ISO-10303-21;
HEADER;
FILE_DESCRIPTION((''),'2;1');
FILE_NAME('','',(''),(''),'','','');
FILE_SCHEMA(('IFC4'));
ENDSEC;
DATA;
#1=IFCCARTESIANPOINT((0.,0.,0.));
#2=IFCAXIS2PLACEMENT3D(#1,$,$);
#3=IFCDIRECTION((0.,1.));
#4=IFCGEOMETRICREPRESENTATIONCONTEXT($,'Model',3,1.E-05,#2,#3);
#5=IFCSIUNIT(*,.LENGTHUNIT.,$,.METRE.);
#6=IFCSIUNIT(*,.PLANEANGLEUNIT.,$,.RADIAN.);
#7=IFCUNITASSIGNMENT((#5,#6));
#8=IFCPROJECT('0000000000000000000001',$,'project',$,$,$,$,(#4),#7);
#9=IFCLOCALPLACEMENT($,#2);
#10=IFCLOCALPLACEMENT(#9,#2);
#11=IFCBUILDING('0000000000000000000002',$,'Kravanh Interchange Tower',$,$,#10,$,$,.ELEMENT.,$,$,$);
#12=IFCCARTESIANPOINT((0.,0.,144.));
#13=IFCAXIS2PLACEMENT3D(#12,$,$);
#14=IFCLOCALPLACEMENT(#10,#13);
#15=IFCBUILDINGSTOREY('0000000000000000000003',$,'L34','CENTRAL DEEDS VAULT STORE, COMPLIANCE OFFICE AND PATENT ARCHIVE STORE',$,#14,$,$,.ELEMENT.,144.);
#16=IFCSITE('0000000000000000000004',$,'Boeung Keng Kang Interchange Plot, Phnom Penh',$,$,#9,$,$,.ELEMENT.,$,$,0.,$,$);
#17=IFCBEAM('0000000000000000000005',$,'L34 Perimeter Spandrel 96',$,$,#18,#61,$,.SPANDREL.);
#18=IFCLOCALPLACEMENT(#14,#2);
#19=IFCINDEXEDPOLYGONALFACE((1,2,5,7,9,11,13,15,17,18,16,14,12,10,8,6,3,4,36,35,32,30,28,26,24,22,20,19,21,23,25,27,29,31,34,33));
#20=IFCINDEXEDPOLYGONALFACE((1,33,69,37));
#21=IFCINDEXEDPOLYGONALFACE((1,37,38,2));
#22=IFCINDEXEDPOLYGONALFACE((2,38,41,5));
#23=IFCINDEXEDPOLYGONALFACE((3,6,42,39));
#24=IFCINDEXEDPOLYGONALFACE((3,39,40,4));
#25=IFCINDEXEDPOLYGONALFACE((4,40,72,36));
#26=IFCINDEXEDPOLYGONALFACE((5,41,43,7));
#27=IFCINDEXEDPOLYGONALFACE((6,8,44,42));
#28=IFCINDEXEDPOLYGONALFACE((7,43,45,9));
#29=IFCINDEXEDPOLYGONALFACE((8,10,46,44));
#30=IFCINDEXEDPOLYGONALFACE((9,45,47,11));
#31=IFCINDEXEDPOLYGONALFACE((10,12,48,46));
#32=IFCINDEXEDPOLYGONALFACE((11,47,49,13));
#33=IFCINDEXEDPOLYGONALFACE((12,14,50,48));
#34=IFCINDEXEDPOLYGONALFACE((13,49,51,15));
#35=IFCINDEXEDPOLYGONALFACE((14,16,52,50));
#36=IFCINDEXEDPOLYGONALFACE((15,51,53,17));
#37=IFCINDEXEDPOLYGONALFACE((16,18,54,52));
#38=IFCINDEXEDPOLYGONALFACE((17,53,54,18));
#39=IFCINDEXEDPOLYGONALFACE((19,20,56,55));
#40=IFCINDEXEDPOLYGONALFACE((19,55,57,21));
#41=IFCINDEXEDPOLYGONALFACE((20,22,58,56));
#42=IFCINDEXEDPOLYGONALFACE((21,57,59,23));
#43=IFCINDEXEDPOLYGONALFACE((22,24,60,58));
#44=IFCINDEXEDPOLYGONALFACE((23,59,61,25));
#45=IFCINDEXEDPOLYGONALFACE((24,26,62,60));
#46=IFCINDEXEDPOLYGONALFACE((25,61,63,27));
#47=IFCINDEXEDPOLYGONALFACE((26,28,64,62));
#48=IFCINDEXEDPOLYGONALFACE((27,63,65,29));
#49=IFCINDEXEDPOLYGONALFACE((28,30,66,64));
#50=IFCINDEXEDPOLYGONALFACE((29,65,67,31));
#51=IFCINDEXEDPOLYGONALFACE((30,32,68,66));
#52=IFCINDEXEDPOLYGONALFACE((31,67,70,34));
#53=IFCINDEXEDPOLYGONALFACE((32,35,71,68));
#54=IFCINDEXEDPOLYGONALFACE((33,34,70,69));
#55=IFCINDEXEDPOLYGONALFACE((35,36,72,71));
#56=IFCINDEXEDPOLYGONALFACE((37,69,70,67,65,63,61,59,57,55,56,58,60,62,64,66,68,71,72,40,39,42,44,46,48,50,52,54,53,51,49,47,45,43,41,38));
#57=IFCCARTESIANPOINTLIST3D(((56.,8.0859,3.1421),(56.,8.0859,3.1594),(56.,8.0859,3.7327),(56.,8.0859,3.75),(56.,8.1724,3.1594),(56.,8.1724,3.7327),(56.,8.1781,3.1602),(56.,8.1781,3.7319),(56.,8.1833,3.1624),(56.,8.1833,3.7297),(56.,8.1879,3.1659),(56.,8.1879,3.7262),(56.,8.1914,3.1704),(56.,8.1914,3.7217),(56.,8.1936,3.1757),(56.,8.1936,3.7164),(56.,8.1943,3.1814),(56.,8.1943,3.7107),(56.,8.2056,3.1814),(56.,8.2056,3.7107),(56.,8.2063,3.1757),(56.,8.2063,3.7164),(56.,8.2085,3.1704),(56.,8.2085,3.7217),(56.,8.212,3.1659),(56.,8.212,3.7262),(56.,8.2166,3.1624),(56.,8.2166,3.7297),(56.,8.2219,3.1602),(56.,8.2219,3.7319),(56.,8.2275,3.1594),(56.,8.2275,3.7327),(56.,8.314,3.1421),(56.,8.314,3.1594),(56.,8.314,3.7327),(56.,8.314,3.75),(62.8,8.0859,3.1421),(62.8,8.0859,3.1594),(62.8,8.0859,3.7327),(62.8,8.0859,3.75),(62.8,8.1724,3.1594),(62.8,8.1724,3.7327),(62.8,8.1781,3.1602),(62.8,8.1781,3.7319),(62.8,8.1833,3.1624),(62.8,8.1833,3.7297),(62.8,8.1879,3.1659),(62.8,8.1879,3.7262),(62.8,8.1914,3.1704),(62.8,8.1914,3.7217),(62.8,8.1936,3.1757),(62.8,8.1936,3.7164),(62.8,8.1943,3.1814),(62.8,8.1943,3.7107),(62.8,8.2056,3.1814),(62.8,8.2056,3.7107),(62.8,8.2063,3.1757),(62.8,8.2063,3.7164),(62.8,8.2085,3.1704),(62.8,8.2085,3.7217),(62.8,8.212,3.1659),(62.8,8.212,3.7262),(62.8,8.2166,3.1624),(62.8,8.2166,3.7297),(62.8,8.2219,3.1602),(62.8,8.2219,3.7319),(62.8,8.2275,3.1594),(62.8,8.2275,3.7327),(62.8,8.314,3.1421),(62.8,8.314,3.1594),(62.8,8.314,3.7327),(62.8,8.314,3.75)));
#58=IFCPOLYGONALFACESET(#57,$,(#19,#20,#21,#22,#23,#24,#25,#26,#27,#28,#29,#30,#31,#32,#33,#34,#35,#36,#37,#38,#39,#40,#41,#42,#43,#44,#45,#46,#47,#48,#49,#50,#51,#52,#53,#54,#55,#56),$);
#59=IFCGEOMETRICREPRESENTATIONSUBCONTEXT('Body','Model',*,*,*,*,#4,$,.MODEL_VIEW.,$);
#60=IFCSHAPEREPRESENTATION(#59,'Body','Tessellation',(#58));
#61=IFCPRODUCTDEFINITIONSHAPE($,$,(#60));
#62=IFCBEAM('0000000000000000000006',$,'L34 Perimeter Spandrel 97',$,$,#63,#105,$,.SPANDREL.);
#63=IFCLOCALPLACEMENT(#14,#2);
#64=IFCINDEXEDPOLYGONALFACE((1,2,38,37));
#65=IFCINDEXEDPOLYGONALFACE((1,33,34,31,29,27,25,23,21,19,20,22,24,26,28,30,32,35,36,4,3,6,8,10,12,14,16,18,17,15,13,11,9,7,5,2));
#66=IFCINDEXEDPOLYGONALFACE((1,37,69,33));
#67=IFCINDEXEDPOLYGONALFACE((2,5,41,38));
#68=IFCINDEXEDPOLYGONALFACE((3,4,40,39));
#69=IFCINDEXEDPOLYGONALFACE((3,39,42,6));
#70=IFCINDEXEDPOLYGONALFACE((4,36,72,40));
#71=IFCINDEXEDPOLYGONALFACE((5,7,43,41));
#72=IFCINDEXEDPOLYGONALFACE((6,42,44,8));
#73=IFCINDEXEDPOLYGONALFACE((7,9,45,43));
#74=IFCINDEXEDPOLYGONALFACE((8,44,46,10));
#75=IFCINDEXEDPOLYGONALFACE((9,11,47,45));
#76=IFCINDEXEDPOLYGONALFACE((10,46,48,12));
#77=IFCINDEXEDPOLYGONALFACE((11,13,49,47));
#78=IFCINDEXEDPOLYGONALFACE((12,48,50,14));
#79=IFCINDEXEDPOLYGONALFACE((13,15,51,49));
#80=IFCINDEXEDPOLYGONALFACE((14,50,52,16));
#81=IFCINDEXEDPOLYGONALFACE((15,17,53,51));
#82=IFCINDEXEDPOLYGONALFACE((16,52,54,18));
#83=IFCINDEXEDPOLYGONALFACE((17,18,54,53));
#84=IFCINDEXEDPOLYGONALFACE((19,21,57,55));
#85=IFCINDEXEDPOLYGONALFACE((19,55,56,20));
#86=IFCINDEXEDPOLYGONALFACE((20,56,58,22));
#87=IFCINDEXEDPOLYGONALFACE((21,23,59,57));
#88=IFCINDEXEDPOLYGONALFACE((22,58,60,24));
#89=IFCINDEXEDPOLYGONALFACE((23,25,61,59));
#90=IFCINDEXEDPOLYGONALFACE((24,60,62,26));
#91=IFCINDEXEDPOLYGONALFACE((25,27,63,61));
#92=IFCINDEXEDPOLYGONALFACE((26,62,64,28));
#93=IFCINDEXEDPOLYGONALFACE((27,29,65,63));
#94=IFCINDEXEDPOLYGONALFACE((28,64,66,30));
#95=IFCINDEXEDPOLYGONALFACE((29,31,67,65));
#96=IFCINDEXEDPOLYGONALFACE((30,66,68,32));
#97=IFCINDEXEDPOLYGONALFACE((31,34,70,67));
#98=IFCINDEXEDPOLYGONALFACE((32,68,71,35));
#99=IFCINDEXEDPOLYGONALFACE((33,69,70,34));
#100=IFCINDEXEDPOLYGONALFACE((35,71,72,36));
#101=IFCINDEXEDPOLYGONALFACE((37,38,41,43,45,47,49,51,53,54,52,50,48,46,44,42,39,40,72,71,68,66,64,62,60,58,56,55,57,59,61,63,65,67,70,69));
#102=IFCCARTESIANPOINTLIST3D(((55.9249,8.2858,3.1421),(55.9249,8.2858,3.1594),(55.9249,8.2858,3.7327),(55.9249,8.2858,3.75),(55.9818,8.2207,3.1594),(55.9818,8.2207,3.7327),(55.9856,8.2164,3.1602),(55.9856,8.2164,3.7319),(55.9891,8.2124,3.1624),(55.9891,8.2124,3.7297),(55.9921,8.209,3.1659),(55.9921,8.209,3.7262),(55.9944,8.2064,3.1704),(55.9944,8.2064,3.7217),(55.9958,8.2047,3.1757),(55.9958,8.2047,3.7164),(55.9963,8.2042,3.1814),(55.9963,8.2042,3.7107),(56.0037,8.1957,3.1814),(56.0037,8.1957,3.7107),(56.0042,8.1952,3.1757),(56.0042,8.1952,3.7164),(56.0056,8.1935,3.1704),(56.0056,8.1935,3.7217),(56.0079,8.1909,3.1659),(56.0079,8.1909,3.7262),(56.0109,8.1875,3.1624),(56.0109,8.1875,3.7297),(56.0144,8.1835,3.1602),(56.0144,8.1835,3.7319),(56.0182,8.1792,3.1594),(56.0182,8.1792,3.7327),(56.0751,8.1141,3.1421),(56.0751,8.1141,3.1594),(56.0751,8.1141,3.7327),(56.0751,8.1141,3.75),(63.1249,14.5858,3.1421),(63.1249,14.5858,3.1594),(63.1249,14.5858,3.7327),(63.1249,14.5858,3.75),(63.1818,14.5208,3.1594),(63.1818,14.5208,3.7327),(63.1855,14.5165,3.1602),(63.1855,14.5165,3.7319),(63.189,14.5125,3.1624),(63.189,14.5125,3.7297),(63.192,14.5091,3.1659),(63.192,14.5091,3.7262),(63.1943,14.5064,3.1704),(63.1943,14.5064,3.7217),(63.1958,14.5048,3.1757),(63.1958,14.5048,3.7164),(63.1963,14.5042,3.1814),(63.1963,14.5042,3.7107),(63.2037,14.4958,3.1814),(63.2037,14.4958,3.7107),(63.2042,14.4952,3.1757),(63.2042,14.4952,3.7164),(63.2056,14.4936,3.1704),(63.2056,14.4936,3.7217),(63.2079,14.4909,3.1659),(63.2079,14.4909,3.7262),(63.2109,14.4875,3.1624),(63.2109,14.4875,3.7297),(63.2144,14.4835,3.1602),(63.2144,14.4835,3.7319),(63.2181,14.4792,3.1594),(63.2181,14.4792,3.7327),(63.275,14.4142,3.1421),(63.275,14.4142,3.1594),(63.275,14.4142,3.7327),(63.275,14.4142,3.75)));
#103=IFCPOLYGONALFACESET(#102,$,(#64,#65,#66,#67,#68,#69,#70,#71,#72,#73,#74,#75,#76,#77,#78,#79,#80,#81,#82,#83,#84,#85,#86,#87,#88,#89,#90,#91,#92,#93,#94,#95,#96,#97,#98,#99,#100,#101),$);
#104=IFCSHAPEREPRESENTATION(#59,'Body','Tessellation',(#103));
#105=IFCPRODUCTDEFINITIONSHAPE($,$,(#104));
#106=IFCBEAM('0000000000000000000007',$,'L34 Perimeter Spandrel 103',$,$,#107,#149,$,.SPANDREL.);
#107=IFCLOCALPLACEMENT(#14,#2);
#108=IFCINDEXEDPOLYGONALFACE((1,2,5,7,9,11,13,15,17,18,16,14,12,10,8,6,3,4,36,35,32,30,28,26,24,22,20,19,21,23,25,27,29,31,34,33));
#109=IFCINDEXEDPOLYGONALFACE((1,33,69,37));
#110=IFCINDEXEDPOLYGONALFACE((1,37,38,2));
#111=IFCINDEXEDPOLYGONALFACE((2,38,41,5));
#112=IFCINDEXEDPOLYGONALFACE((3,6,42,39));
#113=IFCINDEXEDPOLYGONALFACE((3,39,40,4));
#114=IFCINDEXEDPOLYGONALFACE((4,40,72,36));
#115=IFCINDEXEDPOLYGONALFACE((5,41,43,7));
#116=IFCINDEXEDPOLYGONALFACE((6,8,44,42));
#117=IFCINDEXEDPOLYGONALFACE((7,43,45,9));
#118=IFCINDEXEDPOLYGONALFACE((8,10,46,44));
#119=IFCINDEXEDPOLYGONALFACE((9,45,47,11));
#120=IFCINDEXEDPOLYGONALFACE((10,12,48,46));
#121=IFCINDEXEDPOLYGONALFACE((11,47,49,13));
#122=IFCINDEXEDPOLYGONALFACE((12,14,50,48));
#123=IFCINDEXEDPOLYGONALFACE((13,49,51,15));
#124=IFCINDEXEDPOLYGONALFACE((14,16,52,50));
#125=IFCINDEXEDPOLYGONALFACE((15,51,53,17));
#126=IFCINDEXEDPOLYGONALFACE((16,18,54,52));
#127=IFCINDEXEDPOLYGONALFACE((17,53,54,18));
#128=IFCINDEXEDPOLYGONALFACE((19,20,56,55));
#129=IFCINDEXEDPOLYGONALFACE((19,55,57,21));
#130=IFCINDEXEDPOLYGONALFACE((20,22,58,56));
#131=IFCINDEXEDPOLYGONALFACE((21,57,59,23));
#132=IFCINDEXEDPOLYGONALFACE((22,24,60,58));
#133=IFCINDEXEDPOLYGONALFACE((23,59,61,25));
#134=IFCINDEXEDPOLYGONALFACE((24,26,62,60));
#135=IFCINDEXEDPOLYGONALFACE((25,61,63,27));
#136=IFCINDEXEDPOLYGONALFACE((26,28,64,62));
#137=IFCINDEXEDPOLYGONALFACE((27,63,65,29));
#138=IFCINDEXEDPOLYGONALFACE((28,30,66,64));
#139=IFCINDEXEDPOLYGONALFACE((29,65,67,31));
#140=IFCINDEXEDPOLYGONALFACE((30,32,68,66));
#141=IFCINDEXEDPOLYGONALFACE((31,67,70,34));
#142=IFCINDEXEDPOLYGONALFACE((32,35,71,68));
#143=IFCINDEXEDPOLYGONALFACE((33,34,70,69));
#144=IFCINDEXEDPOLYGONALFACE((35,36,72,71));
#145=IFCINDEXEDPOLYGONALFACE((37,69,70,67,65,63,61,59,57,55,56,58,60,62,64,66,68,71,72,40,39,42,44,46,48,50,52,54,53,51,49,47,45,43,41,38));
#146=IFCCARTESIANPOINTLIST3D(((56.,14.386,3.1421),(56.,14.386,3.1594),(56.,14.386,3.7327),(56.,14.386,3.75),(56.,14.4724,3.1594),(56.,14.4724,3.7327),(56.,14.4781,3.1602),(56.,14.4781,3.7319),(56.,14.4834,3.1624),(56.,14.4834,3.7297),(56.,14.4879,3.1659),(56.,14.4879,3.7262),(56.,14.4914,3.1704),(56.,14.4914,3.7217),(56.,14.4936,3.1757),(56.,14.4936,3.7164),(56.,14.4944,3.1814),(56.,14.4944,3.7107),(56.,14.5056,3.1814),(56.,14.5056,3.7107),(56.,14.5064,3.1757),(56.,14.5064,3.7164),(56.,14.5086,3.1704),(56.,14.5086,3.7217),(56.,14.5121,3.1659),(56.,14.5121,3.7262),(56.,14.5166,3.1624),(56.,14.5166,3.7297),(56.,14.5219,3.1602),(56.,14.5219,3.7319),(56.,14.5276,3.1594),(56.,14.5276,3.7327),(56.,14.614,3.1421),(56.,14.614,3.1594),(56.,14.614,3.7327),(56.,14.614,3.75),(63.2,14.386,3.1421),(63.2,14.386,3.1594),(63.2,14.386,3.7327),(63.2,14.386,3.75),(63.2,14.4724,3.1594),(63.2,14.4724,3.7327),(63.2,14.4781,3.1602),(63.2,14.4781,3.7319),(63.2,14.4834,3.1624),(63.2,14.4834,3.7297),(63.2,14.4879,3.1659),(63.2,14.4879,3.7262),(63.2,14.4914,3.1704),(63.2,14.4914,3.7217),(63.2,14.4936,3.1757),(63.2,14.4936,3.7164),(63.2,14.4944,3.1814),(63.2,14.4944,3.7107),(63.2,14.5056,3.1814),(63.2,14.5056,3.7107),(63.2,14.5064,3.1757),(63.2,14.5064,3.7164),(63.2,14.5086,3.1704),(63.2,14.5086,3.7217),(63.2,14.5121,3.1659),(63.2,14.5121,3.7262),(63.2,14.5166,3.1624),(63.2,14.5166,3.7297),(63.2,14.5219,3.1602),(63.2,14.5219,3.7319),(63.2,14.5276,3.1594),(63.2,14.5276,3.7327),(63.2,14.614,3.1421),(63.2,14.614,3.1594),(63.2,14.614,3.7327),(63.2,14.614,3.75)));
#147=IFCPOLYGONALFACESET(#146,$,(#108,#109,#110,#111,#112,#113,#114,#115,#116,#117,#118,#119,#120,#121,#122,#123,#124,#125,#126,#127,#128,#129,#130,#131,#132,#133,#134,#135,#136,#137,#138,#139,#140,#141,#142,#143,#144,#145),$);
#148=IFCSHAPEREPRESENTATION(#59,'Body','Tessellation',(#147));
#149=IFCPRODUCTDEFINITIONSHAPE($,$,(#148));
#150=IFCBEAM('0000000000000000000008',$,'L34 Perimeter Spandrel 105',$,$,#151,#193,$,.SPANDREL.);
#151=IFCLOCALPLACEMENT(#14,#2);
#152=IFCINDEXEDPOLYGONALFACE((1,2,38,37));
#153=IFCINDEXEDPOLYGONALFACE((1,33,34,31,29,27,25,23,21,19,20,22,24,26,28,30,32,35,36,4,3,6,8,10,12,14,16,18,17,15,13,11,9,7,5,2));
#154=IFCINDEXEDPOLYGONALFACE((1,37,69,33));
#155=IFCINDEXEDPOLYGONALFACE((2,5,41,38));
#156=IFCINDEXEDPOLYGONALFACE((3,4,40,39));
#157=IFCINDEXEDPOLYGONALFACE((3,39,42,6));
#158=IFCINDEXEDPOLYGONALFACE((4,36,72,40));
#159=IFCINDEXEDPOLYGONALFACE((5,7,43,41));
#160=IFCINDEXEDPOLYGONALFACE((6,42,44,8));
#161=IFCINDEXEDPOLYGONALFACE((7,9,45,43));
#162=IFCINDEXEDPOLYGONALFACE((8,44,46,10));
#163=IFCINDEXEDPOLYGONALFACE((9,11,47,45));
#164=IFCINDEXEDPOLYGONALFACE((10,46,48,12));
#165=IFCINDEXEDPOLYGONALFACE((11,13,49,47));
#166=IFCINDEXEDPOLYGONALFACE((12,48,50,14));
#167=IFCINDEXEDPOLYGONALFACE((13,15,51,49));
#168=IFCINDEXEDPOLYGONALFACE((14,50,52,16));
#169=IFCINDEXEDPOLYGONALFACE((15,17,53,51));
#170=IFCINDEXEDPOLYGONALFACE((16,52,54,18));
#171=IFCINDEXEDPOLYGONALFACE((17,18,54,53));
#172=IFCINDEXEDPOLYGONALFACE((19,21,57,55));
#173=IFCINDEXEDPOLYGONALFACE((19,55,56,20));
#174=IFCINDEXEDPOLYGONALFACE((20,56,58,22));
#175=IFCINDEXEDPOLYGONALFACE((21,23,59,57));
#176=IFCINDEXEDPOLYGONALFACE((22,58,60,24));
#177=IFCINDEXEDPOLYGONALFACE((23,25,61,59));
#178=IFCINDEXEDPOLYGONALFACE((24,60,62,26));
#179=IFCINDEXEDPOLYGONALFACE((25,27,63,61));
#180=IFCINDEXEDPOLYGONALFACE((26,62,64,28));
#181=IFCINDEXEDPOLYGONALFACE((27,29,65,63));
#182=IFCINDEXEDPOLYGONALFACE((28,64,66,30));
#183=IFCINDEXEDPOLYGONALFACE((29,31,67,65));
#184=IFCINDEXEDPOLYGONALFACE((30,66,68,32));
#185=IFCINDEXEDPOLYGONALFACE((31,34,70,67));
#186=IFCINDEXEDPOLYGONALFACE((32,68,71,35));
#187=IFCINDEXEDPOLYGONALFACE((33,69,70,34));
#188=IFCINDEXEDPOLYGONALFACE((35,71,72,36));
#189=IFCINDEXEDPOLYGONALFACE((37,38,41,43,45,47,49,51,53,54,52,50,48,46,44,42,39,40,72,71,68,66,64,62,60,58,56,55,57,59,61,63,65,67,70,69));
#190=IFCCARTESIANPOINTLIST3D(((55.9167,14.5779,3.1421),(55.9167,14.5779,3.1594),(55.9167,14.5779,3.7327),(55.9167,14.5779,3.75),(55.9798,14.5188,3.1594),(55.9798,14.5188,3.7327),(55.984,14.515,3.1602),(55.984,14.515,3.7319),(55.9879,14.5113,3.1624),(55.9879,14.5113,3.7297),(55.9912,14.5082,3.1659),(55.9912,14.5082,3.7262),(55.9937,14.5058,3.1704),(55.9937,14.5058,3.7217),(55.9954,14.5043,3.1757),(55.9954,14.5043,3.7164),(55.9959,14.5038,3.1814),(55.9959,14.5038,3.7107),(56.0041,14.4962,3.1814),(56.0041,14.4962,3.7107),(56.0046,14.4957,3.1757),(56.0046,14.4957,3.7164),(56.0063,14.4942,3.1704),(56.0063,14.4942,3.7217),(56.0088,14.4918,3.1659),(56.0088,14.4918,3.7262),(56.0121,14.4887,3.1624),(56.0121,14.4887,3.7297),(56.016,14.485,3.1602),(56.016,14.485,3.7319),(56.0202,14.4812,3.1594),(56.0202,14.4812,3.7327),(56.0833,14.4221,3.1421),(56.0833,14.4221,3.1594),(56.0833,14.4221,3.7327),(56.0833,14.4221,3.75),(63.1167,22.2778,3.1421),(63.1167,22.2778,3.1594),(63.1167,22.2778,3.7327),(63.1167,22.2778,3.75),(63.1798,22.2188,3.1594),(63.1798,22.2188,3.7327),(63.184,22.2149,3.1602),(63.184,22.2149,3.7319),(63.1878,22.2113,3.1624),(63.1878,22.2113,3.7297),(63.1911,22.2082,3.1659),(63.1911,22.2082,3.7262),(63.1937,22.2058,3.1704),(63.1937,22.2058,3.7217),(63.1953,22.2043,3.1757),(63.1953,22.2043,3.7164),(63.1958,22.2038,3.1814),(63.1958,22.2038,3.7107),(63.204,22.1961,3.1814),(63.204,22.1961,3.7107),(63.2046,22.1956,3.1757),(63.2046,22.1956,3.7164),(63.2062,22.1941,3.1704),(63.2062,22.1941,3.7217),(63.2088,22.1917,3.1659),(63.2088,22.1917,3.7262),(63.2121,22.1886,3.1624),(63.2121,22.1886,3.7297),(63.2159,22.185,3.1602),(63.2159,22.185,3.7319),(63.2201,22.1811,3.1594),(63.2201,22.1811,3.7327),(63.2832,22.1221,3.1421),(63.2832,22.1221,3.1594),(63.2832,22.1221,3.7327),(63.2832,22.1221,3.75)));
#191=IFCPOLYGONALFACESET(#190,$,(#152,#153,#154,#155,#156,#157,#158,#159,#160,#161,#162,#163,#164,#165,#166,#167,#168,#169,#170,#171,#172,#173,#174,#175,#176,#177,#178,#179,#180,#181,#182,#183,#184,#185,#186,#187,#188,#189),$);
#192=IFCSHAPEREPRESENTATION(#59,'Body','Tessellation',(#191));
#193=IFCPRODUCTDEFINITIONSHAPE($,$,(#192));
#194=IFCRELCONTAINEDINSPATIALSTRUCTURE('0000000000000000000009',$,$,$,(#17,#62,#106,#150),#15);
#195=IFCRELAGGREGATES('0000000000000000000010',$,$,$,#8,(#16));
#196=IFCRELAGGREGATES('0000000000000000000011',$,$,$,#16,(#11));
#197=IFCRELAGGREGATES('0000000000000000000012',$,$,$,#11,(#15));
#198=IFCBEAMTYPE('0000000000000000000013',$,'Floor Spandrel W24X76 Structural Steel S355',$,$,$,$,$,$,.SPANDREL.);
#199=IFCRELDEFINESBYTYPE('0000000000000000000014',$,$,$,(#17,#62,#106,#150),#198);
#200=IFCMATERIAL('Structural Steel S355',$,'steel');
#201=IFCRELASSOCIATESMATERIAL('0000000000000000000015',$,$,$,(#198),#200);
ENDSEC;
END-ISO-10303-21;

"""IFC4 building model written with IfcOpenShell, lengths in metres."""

from ifc_helpers import new_model, si_unit, direction, frame, origin, origin_2d, place, context, subcontext, project, spatial, i_section, extrude, material, material_profile, profile_set, type_object, element, save


model = new_model("IFC4")

# Units and contexts
model_context = context("Model", 3, precision=1e-05, world=origin(), true_north=direction((0.0, 1.0)))
body_context = subcontext(model_context, "Body", "Model", "MODEL_VIEW")
ifc_project = project(units=[si_unit("LENGTHUNIT", "METRE"), si_unit("PLANEANGLEUNIT", "RADIAN")], contexts=[model_context])

# Site, building, storey
site_placement = place(None, origin())
site = spatial("IfcSite", under=ifc_project, at=site_placement, Name="Boeung Keng Kang Interchange Plot, Phnom Penh", CompositionType="ELEMENT", RefElevation=0.0)
building_placement = place(site_placement, origin())
building = spatial("IfcBuilding", under=site, at=building_placement, Name="Kravanh Interchange Tower", CompositionType="ELEMENT")
storey_placement = place(building_placement, frame((0.0, 0.0, 144.0)))
storey = spatial("IfcBuildingStorey", under=building, at=storey_placement, Name="L34", Description="CENTRAL DEEDS VAULT STORE, COMPLIANCE OFFICE AND PATENT ARCHIVE STORE", CompositionType="ELEMENT", Elevation=144.0)

# Beams
ifc_material_1 = material(Name="Structural Steel S355", Category="steel")
ifc_material_profile_1 = material_profile(ifc_material_1, i_section(OverallWidth=0.228, OverallDepth=0.6079, WebThickness=0.0112, FlangeThickness=0.0173, FilletRadius=0.022, at=origin_2d()), Name="W24X76")
ifc_profile_set_1 = profile_set([ifc_material_profile_1], Name="Structural Steel S355")
beam_type_1 = type_object("IfcBeamType", Name="Floor Spandrel W24X76 Structural Steel S355", PredefinedType="SPANDREL", material=ifc_profile_set_1)
beam_1_placement = place(storey_placement, frame((56.0, 8.2, 3.446), z_axis=(1.0, 0.0, 0.0), x_axis=(0.0, 1.0, 0.0)))
element("IfcBeam", 1, at=beam_1_placement, inside=storey, type_object=beam_type_1, Name="L34 Perimeter Spandrel 96", PredefinedType="SPANDREL", context=body_context, shape_type="SweptSolid", body=[
    extrude(i_section(OverallWidth=0.228, OverallDepth=0.6079, WebThickness=0.0112, FlangeThickness=0.0173, FilletRadius=0.022, at=origin_2d()), origin(), (0.0, 0.0, 1.0), 6.8),
])
beam_2_placement = place(storey_placement, frame((56.0, 8.2, 3.446), z_axis=(0.752572, 0.65851, 0.0), x_axis=(-0.65851, 0.752572, 0.0)))
element("IfcBeam", 2, at=beam_2_placement, inside=storey, type_object=beam_type_1, Name="L34 Perimeter Spandrel 97", PredefinedType="SPANDREL", context=body_context, shape_type="SweptSolid", body=[
    extrude(i_section(OverallWidth=0.228, OverallDepth=0.6079, WebThickness=0.0112, FlangeThickness=0.0173, FilletRadius=0.022, at=origin_2d()), origin(), (0.0, 0.0, 1.0), 9.5671),
])
beam_3_placement = place(storey_placement, frame((56.0, 14.5, 3.446), z_axis=(1.0, 0.0, 0.0), x_axis=(0.0, 1.0, 0.0)))
element("IfcBeam", 3, at=beam_3_placement, inside=storey, type_object=beam_type_1, Name="L34 Perimeter Spandrel 103", PredefinedType="SPANDREL", context=body_context, shape_type="SweptSolid", body=[
    extrude(i_section(OverallWidth=0.228, OverallDepth=0.6079, WebThickness=0.0112, FlangeThickness=0.0173, FilletRadius=0.022, at=origin_2d()), origin(), (0.0, 0.0, 1.0), 7.2),
])
beam_4_placement = place(storey_placement, frame((56.0, 14.5, 3.446), z_axis=(0.682994, 0.730424, 0.0), x_axis=(-0.730424, 0.682994, 0.0)))
element("IfcBeam", 4, at=beam_4_placement, inside=storey, type_object=beam_type_1, Name="L34 Perimeter Spandrel 105", PredefinedType="SPANDREL", context=body_context, shape_type="SweptSolid", body=[
    extrude(i_section(OverallWidth=0.228, OverallDepth=0.6079, WebThickness=0.0112, FlangeThickness=0.0173, FilletRadius=0.022, at=origin_2d()), origin(), (0.0, 0.0, 1.0), 10.5417),
])

save(model, "model.ifc")
